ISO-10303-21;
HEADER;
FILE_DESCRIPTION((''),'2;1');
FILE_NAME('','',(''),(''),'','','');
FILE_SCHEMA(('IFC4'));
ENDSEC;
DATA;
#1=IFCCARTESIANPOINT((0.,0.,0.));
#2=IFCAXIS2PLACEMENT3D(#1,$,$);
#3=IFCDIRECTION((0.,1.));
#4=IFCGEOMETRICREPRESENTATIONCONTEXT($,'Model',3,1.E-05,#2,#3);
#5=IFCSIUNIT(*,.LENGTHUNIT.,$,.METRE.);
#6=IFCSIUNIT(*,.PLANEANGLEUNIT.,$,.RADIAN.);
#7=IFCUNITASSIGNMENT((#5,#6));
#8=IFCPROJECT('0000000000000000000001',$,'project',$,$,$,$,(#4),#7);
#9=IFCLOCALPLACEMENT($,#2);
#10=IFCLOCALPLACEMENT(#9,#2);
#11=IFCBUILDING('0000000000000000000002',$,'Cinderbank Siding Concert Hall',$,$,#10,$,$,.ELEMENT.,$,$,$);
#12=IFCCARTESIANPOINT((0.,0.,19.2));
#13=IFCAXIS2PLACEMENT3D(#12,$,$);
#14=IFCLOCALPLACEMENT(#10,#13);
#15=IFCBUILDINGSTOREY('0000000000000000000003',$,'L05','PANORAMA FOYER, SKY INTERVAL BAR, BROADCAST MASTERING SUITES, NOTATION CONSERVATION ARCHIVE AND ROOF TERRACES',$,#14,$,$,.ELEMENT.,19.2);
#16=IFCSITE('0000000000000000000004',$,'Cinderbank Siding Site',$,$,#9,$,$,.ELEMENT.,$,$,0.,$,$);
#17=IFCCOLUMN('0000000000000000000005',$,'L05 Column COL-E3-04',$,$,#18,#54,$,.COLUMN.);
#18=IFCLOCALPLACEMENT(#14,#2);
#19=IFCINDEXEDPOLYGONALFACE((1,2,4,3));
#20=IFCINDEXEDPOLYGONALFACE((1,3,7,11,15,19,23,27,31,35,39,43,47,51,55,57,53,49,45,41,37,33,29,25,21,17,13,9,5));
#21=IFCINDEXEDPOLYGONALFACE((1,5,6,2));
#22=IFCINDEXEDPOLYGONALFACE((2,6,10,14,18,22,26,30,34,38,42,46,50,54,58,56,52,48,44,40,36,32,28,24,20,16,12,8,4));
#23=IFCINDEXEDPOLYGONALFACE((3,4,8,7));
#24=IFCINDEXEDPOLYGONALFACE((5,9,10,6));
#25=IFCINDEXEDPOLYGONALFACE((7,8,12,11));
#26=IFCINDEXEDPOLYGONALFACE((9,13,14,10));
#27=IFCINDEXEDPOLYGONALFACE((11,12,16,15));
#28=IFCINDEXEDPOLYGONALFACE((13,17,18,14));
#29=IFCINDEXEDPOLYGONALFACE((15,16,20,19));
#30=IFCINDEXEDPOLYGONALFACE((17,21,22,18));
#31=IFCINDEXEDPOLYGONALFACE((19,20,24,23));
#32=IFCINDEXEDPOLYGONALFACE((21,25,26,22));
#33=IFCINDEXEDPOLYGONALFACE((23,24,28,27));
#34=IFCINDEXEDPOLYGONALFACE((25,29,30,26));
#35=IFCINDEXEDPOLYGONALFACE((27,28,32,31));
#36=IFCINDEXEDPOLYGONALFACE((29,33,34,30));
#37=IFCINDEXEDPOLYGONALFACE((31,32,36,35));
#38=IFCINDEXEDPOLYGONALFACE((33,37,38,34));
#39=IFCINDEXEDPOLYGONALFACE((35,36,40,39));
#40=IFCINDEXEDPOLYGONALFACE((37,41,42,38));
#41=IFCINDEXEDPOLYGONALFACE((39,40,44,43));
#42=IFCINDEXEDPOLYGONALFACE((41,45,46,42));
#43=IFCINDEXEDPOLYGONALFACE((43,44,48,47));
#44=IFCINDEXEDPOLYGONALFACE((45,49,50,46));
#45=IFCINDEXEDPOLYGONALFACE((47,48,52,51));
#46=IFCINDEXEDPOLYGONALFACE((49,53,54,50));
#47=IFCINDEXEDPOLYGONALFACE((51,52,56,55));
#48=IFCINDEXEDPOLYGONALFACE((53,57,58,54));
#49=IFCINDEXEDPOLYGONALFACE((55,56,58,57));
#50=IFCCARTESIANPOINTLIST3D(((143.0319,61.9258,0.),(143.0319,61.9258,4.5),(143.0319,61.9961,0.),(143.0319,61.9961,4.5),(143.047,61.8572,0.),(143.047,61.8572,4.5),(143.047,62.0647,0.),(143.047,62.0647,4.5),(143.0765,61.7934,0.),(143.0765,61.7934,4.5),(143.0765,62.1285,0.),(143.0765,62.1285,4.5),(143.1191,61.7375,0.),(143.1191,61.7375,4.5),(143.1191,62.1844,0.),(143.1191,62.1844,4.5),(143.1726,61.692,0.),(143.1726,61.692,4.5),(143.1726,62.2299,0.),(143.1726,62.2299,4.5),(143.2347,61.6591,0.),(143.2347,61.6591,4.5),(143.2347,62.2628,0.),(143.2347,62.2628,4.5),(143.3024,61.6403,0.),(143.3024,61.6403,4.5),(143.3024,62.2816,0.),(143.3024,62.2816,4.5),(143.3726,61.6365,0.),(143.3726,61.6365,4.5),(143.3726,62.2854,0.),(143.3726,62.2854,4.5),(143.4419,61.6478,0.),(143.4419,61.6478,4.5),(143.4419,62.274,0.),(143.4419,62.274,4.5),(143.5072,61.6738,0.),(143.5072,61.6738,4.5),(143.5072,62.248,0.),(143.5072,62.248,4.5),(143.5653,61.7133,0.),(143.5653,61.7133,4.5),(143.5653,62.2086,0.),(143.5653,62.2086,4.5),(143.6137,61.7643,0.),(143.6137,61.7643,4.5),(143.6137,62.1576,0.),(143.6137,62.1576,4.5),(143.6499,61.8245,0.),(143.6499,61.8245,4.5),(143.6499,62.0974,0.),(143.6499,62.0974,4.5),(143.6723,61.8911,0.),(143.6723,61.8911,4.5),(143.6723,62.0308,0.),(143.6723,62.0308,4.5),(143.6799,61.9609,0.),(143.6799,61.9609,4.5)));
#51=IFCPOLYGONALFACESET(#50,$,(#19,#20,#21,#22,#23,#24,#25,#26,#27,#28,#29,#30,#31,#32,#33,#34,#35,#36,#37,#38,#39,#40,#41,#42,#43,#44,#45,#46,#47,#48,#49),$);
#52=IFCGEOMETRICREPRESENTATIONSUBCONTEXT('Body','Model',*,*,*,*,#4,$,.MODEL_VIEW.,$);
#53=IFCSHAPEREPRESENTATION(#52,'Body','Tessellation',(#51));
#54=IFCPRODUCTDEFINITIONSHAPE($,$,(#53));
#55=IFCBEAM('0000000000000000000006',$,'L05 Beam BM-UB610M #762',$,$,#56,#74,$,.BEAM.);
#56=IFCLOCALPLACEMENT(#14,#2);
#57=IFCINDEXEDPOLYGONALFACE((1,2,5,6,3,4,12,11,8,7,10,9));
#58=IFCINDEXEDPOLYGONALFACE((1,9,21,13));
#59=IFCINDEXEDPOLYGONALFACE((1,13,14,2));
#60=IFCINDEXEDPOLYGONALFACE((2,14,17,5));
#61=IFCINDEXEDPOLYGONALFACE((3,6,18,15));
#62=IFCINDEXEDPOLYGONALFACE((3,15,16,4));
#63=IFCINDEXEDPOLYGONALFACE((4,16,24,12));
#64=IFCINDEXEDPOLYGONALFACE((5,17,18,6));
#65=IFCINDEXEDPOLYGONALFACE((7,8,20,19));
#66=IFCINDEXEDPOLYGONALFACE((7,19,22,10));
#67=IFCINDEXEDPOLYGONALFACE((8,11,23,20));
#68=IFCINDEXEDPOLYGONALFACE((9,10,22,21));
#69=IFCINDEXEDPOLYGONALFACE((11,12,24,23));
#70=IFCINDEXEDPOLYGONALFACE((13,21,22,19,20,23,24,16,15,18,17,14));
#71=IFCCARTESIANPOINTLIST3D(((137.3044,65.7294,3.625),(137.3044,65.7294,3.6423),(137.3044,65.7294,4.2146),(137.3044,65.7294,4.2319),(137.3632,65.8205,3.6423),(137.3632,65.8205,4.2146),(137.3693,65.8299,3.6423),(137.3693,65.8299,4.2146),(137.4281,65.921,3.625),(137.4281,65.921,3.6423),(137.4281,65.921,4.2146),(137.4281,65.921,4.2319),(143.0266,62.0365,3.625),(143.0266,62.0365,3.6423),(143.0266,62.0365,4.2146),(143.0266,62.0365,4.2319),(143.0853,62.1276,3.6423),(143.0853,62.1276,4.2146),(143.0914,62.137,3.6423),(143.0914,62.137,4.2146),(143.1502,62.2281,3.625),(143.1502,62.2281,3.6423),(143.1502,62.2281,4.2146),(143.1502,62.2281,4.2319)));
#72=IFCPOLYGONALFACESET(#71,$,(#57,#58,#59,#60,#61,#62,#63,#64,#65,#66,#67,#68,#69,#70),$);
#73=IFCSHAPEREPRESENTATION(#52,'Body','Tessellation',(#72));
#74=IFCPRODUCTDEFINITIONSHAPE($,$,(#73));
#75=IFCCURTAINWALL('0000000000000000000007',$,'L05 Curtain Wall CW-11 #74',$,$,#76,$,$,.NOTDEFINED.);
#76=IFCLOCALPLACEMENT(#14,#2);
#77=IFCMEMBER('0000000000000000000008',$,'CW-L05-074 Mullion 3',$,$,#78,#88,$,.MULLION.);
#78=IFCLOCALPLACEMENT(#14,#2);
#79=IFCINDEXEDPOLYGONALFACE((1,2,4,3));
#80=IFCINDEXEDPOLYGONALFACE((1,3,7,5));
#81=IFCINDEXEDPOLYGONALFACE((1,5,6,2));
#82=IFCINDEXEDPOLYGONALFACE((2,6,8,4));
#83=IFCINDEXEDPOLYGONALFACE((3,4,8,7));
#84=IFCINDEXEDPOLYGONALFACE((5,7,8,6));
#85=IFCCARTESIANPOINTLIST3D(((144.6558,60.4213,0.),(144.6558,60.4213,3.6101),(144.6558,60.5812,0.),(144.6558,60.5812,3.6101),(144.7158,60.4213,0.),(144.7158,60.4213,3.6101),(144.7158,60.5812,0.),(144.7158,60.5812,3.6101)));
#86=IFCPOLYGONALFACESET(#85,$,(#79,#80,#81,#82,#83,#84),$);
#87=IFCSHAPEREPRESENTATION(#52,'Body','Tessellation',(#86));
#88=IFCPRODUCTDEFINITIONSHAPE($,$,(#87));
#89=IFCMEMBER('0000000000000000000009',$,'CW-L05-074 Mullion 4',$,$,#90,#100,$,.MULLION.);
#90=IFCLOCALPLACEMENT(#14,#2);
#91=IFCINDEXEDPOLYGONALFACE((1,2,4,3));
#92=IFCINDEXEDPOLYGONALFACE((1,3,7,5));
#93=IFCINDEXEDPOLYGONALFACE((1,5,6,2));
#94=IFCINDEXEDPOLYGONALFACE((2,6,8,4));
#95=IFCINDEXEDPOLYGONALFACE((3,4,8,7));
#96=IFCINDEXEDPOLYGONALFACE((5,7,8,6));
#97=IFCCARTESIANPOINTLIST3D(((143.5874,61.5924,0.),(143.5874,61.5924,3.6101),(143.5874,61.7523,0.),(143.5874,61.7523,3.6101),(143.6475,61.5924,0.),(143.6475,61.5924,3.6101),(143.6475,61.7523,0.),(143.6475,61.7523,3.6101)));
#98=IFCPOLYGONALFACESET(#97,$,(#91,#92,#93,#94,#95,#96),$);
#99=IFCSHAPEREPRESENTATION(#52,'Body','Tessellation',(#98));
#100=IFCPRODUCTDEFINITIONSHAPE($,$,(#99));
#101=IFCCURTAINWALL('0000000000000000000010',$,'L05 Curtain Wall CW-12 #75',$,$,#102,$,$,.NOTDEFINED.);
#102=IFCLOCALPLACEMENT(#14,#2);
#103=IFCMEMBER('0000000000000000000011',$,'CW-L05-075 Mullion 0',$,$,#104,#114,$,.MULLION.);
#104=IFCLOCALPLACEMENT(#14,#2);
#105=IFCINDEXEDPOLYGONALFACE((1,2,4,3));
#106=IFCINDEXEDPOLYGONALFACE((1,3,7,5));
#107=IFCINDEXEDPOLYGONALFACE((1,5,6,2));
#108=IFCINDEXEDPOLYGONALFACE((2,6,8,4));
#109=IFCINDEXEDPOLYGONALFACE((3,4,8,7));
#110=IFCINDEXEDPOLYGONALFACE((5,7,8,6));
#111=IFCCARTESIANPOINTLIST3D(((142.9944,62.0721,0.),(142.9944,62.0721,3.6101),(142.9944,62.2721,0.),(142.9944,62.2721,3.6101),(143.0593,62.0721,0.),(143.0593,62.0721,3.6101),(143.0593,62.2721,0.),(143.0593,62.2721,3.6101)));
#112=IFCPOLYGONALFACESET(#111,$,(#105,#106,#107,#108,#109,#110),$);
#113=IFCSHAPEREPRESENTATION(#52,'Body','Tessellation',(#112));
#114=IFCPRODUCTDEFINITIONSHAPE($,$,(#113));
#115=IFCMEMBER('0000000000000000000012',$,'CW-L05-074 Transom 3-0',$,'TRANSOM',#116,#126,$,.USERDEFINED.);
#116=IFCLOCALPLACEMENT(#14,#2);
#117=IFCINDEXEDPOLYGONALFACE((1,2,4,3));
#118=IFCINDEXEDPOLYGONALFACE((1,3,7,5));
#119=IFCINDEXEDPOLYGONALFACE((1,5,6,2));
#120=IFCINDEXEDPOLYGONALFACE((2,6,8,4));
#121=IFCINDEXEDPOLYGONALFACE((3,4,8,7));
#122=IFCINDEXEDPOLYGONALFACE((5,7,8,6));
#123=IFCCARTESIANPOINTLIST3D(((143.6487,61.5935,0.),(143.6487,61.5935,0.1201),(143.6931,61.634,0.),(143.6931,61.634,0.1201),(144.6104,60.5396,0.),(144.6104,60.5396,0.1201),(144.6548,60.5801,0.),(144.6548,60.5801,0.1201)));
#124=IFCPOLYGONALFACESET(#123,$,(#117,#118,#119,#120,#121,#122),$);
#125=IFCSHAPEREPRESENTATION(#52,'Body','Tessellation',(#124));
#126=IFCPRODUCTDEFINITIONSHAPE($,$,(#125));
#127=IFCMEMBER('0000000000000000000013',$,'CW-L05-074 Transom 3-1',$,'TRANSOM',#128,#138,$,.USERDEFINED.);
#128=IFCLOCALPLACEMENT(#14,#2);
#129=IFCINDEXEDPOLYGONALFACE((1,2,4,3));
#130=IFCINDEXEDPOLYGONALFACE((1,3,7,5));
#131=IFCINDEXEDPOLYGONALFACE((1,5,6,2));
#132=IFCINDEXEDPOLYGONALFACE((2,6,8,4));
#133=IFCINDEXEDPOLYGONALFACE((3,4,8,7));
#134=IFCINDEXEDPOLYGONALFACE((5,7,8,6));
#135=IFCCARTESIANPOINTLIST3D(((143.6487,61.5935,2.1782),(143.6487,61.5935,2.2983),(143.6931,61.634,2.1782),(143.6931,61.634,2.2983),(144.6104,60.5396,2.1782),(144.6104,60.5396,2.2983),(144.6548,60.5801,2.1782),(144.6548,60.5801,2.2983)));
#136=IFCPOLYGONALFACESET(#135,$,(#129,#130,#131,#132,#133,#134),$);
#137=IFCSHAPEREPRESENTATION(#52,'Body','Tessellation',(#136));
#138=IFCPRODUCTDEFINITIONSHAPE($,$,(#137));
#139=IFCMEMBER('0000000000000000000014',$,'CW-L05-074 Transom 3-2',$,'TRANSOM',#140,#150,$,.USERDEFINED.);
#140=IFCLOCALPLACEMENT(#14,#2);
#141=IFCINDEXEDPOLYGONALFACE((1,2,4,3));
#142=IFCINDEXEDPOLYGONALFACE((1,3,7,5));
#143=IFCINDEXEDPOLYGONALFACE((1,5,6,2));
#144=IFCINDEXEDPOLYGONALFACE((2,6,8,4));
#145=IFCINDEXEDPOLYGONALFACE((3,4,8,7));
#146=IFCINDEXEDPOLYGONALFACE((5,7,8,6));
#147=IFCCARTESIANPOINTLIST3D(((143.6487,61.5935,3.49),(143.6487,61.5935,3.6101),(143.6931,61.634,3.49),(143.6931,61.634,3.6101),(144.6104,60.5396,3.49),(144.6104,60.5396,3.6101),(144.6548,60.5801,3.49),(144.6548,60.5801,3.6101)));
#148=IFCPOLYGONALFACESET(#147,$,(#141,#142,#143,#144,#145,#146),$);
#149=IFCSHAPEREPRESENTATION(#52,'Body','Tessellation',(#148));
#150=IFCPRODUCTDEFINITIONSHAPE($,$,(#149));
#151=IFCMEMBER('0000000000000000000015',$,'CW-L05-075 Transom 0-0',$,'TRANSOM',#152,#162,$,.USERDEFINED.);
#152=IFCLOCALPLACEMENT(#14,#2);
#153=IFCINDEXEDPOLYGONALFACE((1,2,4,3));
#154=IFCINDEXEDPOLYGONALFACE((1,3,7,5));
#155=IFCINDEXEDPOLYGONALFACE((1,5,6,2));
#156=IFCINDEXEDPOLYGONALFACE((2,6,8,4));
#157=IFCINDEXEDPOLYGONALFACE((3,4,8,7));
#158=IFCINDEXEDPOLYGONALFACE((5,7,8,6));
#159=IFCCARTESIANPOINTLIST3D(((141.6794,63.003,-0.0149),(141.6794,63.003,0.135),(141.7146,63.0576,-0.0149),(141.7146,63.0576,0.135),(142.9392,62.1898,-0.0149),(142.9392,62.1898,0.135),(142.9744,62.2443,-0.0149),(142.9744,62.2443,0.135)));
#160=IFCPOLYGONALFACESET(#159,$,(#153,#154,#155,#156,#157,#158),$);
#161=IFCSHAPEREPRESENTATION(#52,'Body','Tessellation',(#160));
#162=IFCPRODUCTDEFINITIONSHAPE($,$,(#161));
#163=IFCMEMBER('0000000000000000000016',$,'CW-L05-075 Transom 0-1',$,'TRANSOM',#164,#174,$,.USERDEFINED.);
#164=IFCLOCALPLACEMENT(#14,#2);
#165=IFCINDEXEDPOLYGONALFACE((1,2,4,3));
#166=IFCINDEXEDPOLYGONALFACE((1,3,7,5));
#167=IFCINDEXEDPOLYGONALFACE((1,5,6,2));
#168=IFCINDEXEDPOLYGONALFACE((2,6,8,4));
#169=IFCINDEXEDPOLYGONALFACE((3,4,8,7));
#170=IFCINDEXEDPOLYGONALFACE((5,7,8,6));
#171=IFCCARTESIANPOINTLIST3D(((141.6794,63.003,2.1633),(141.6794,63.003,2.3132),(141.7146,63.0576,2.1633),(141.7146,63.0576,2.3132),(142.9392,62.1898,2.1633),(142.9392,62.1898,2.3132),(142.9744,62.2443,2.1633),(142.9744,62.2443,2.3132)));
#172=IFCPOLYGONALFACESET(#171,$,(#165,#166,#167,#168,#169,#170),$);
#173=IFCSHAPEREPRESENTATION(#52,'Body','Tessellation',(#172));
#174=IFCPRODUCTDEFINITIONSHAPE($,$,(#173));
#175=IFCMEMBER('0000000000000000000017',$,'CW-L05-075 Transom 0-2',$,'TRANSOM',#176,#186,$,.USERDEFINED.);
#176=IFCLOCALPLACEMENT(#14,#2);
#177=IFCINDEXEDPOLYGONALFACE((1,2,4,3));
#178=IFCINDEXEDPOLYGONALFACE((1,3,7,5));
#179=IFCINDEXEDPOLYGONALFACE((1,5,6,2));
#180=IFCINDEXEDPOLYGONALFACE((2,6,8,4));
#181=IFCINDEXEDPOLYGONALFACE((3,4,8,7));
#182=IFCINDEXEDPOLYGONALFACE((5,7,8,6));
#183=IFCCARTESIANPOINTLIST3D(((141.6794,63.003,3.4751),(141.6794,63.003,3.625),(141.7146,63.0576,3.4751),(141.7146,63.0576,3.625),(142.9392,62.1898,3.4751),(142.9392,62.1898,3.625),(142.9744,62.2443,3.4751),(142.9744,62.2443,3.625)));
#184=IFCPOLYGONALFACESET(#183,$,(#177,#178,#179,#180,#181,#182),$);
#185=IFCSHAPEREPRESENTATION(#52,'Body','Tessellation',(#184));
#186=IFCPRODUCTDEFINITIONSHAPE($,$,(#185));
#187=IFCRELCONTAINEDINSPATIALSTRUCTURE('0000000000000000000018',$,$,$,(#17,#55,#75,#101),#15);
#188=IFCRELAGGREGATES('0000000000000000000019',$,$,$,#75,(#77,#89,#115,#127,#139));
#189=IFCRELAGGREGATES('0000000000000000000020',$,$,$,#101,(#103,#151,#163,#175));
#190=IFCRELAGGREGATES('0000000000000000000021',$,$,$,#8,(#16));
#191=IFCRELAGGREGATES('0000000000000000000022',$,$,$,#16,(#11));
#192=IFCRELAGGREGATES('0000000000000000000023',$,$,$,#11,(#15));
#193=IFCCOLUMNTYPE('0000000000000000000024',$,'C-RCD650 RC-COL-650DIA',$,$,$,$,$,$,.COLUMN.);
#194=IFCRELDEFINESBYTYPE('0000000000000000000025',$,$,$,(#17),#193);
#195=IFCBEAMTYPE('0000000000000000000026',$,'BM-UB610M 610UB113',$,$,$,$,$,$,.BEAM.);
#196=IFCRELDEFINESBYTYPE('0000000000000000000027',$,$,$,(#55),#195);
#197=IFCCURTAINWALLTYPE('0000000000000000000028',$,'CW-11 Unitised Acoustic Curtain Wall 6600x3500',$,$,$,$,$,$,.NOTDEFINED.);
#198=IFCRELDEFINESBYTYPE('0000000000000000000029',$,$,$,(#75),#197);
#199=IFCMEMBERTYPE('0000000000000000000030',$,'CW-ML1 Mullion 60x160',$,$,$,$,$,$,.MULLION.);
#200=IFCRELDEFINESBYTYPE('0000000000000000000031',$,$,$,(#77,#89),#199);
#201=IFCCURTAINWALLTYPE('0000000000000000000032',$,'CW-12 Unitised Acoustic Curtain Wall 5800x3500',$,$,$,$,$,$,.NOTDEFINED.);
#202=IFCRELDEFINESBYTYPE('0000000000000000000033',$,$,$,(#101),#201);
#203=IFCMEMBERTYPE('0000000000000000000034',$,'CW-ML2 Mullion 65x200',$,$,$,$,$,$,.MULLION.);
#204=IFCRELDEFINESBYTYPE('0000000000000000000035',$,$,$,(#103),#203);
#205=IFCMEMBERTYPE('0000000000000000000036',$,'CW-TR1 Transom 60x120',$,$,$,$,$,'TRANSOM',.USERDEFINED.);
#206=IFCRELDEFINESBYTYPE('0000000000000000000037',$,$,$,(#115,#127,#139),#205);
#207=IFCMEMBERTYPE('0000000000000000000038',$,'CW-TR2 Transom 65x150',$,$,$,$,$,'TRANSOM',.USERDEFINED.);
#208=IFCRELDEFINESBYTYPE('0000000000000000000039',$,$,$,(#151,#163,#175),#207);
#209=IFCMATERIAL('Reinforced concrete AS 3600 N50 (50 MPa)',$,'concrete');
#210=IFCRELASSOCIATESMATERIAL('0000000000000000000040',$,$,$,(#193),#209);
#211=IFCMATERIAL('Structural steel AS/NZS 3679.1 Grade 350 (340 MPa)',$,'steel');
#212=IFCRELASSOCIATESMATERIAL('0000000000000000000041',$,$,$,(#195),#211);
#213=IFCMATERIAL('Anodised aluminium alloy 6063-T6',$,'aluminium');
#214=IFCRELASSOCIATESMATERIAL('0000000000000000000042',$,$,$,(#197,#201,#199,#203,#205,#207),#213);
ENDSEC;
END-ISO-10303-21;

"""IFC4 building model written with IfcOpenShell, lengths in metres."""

from ifc_helpers import new_model, si_unit, direction, frame, origin, origin_2d, place, context, subcontext, project, spatial, rectangle, circle, i_section, extrude, material, material_profile, profile_set, type_object, element, aggregate, save


model = new_model("IFC4")

# Units and contexts
model_context = context("Model", 3, precision=1e-05, world=origin(), true_north=direction((0.0, 1.0)))
body_context = subcontext(model_context, "Body", "Model", "MODEL_VIEW")
ifc_project = project(units=[si_unit("LENGTHUNIT", "METRE"), si_unit("PLANEANGLEUNIT", "RADIAN")], contexts=[model_context])

# Site, building, storey
site_placement = place(None, origin())
site = spatial("IfcSite", under=ifc_project, at=site_placement, Name="Cinderbank Siding Site", CompositionType="ELEMENT", RefElevation=0.0)
building_placement = place(site_placement, origin())
building = spatial("IfcBuilding", under=site, at=building_placement, Name="Cinderbank Siding Concert Hall", CompositionType="ELEMENT")
storey_placement = place(building_placement, frame((0.0, 0.0, 19.2)))
storey = spatial("IfcBuildingStorey", under=building, at=storey_placement, Name="L05", Description="PANORAMA FOYER, SKY INTERVAL BAR, BROADCAST MASTERING SUITES, NOTATION CONSERVATION ARCHIVE AND ROOF TERRACES", CompositionType="ELEMENT", Elevation=19.2)

# Column
ifc_material_1 = material(Name="Reinforced concrete AS 3600 N50 (50 MPa)", Category="concrete")
ifc_material_profile_1 = material_profile(ifc_material_1, circle(Radius=0.325, at=origin_2d()), Name="RC-COL-650DIA", Category="LoadBearing")
ifc_profile_set_1 = profile_set([ifc_material_profile_1], Name="Reinforced concrete AS 3600 N50 (50 MPa)")
column_type = type_object("IfcColumnType", Name="C-RCD650 RC-COL-650DIA", PredefinedType="COLUMN", material=ifc_profile_set_1)
column_placement = place(storey_placement, frame((143.355, 61.9609, 0.0), z_axis=(0.0, 0.0, 1.0), x_axis=(1.0, 0.0, 0.0)))
element("IfcColumn", 1, at=column_placement, inside=storey, type_object=column_type, Name="L05 Column COL-E3-04", PredefinedType="COLUMN", context=body_context, shape_type="SweptSolid", body=[
    extrude(circle(Radius=0.325, at=origin_2d()), origin(), (0.0, 0.0, 1.0), 4.5),
])

# Beam
ifc_material_2 = material(Name="Structural steel AS/NZS 3679.1 Grade 350 (340 MPa)", Category="steel")
ifc_material_profile_2 = material_profile(ifc_material_2, i_section(OverallWidth=0.228, OverallDepth=0.6069, WebThickness=0.0112, FlangeThickness=0.0173, at=origin_2d()), Name="610UB113", Category="LoadBearing")
ifc_profile_set_2 = profile_set([ifc_material_profile_2], Name="Structural steel AS/NZS 3679.1 Grade 350 (340 MPa)")
beam_type = type_object("IfcBeamType", Name="BM-UB610M 610UB113", PredefinedType="BEAM", material=ifc_profile_set_2)
beam_placement = place(storey_placement, frame((143.0884, 62.1323, 3.9285), z_axis=(-0.84022, 0.542246, 0.0), x_axis=(-0.542246, -0.84022, 0.0)))
element("IfcBeam", 2, at=beam_placement, inside=storey, type_object=beam_type, Name="L05 Beam BM-UB610M #762", PredefinedType="BEAM", context=body_context, shape_type="SweptSolid", body=[
    extrude(i_section(OverallWidth=0.228, OverallDepth=0.6069, WebThickness=0.0112, FlangeThickness=0.0173, at=origin_2d()), origin(), (0.0, 0.0, 1.0), 6.8103),
])

# Curtain wall, members
ifc_material_3 = material(Name="Anodised aluminium alloy 6063-T6", Category="aluminium")
curtain_wall_type_1 = type_object("IfcCurtainWallType", Name="CW-11 Unitised Acoustic Curtain Wall 6600x3500", PredefinedType="NOTDEFINED", material=ifc_material_3)
curtain_wall_1_placement = place(storey_placement, origin())
curtain_wall_1 = element("IfcCurtainWall", 3, at=curtain_wall_1_placement, inside=storey, type_object=curtain_wall_type_1, Name="L05 Curtain Wall CW-11 #74", PredefinedType="NOTDEFINED")
ifc_material_profile_3 = material_profile(ifc_material_3, rectangle(XDim=0.0601, YDim=0.1599, at=origin_2d()), Name="ALU-MULL-60x160", Category="LoadBearing")
ifc_profile_set_3 = profile_set([ifc_material_profile_3], Name="Anodised aluminium alloy 6063-T6")
member_type_1 = type_object("IfcMemberType", Name="CW-ML1 Mullion 60x160", PredefinedType="MULLION", material=ifc_profile_set_3)
member_1_placement = place(storey_placement, frame((144.6858, 60.5012, 0.0), z_axis=(0.0, 0.0, 1.0), x_axis=(1.0, 0.0, 0.0)))
member_1 = element("IfcMember", 4, at=member_1_placement, type_object=member_type_1, Name="CW-L05-074 Mullion 3", PredefinedType="MULLION", context=body_context, shape_type="SweptSolid", body=[
    extrude(rectangle(XDim=0.0601, YDim=0.1599, at=origin_2d()), origin(), (0.0, 0.0, 1.0), 3.6101),
])
member_2_placement = place(storey_placement, frame((143.6174, 61.6724, 0.0), z_axis=(0.0, 0.0, 1.0), x_axis=(1.0, 0.0, 0.0)))
member_2 = element("IfcMember", 5, at=member_2_placement, type_object=member_type_1, Name="CW-L05-074 Mullion 4", PredefinedType="MULLION", context=body_context, shape_type="SweptSolid", body=[
    extrude(rectangle(XDim=0.0601, YDim=0.1599, at=origin_2d()), origin(), (0.0, 0.0, 1.0), 3.6101),
])

# Curtain wall, member
curtain_wall_type_2 = type_object("IfcCurtainWallType", Name="CW-12 Unitised Acoustic Curtain Wall 5800x3500", PredefinedType="NOTDEFINED", material=ifc_material_3)
curtain_wall_2_placement = place(storey_placement, origin())
curtain_wall_2 = element("IfcCurtainWall", 6, at=curtain_wall_2_placement, inside=storey, type_object=curtain_wall_type_2, Name="L05 Curtain Wall CW-12 #75", PredefinedType="NOTDEFINED")
ifc_material_profile_4 = material_profile(ifc_material_3, rectangle(XDim=0.0649, YDim=0.2, at=origin_2d()), Name="ALU-MULL-65x200", Category="LoadBearing")
ifc_profile_set_4 = profile_set([ifc_material_profile_4], Name="Anodised aluminium alloy 6063-T6")
member_type_2 = type_object("IfcMemberType", Name="CW-ML2 Mullion 65x200", PredefinedType="MULLION", material=ifc_profile_set_4)
member_3_placement = place(storey_placement, frame((143.0269, 62.1721, 0.0), z_axis=(0.0, 0.0, 1.0), x_axis=(1.0, 0.0, 0.0)))
member_3 = element("IfcMember", 7, at=member_3_placement, type_object=member_type_2, Name="CW-L05-075 Mullion 0", PredefinedType="MULLION", context=body_context, shape_type="SweptSolid", body=[
    extrude(rectangle(XDim=0.0649, YDim=0.2, at=origin_2d()), origin(), (0.0, 0.0, 1.0), 3.6101),
])

# Members
ifc_material_profile_5 = material_profile(ifc_material_3, rectangle(XDim=0.0601, YDim=0.1201, at=origin_2d()), Name="ALU-TRAN-60x120", Category="LoadBearing")
ifc_profile_set_5 = profile_set([ifc_material_profile_5], Name="Anodised aluminium alloy 6063-T6")
member_type_3 = type_object("IfcMemberType", Name="CW-TR1 Transom 60x120", ElementType="TRANSOM", PredefinedType="USERDEFINED", material=ifc_profile_set_5)
member_4_placement = place(storey_placement, frame((144.6326, 60.5598, 0.0601), z_axis=(-0.674026, 0.738708, 0.0), x_axis=(-0.738708, -0.674026, 0.0)))
member_4 = element("IfcMember", 8, at=member_4_placement, type_object=member_type_3, Name="CW-L05-074 Transom 3-0", ObjectType="TRANSOM", PredefinedType="USERDEFINED", context=body_context, shape_type="SweptSolid", body=[
    extrude(rectangle(XDim=0.0601, YDim=0.1201, at=origin_2d()), origin(), (0.0, 0.0, 1.0), 1.4268),
])
member_5_placement = place(storey_placement, frame((144.6326, 60.5598, 2.2383), z_axis=(-0.674026, 0.738708, 0.0), x_axis=(-0.738708, -0.674026, 0.0)))
member_5 = element("IfcMember", 9, at=member_5_placement, type_object=member_type_3, Name="CW-L05-074 Transom 3-1", ObjectType="TRANSOM", PredefinedType="USERDEFINED", context=body_context, shape_type="SweptSolid", body=[
    extrude(rectangle(XDim=0.0601, YDim=0.1201, at=origin_2d()), origin(), (0.0, 0.0, 1.0), 1.4268),
])
member_6_placement = place(storey_placement, frame((144.6326, 60.5598, 3.55), z_axis=(-0.674026, 0.738708, 0.0), x_axis=(-0.738708, -0.674026, 0.0)))
member_6 = element("IfcMember", 10, at=member_6_placement, type_object=member_type_3, Name="CW-L05-074 Transom 3-2", ObjectType="TRANSOM", PredefinedType="USERDEFINED", context=body_context, shape_type="SweptSolid", body=[
    extrude(rectangle(XDim=0.0601, YDim=0.1201, at=origin_2d()), origin(), (0.0, 0.0, 1.0), 1.4268),
])
ifc_material_profile_6 = material_profile(ifc_material_3, rectangle(XDim=0.0649, YDim=0.1499, at=origin_2d()), Name="ALU-TRAN-65x150", Category="LoadBearing")
ifc_profile_set_6 = profile_set([ifc_material_profile_6], Name="Anodised aluminium alloy 6063-T6")
member_type_4 = type_object("IfcMemberType", Name="CW-TR2 Transom 65x150", ElementType="TRANSOM", PredefinedType="USERDEFINED", material=ifc_profile_set_6)
member_7_placement = place(storey_placement, frame((142.9568, 62.217, 0.0601), z_axis=(-0.840151, 0.542353, 0.0), x_axis=(-0.542353, -0.840151, 0.0)))
member_7 = element("IfcMember", 11, at=member_7_placement, type_object=member_type_4, Name="CW-L05-075 Transom 0-0", ObjectType="TRANSOM", PredefinedType="USERDEFINED", context=body_context, shape_type="SweptSolid", body=[
    extrude(rectangle(XDim=0.0649, YDim=0.1499, at=origin_2d()), origin(), (0.0, 0.0, 1.0), 1.4995),
])
member_8_placement = place(storey_placement, frame((142.9568, 62.217, 2.2383), z_axis=(-0.840151, 0.542353, 0.0), x_axis=(-0.542353, -0.840151, 0.0)))
member_8 = element("IfcMember", 12, at=member_8_placement, type_object=member_type_4, Name="CW-L05-075 Transom 0-1", ObjectType="TRANSOM", PredefinedType="USERDEFINED", context=body_context, shape_type="SweptSolid", body=[
    extrude(rectangle(XDim=0.0649, YDim=0.1499, at=origin_2d()), origin(), (0.0, 0.0, 1.0), 1.4995),
])
member_9_placement = place(storey_placement, frame((142.9568, 62.217, 3.55), z_axis=(-0.840151, 0.542353, 0.0), x_axis=(-0.542353, -0.840151, 0.0)))
member_9 = element("IfcMember", 13, at=member_9_placement, type_object=member_type_4, Name="CW-L05-075 Transom 0-2", ObjectType="TRANSOM", PredefinedType="USERDEFINED", context=body_context, shape_type="SweptSolid", body=[
    extrude(rectangle(XDim=0.0649, YDim=0.1499, at=origin_2d()), origin(), (0.0, 0.0, 1.0), 1.4995),
])

aggregate(curtain_wall_1, [member_1, member_2, member_4, member_5, member_6])
aggregate(curtain_wall_2, [member_3, member_7, member_8, member_9])

save(model, "model.ifc")
